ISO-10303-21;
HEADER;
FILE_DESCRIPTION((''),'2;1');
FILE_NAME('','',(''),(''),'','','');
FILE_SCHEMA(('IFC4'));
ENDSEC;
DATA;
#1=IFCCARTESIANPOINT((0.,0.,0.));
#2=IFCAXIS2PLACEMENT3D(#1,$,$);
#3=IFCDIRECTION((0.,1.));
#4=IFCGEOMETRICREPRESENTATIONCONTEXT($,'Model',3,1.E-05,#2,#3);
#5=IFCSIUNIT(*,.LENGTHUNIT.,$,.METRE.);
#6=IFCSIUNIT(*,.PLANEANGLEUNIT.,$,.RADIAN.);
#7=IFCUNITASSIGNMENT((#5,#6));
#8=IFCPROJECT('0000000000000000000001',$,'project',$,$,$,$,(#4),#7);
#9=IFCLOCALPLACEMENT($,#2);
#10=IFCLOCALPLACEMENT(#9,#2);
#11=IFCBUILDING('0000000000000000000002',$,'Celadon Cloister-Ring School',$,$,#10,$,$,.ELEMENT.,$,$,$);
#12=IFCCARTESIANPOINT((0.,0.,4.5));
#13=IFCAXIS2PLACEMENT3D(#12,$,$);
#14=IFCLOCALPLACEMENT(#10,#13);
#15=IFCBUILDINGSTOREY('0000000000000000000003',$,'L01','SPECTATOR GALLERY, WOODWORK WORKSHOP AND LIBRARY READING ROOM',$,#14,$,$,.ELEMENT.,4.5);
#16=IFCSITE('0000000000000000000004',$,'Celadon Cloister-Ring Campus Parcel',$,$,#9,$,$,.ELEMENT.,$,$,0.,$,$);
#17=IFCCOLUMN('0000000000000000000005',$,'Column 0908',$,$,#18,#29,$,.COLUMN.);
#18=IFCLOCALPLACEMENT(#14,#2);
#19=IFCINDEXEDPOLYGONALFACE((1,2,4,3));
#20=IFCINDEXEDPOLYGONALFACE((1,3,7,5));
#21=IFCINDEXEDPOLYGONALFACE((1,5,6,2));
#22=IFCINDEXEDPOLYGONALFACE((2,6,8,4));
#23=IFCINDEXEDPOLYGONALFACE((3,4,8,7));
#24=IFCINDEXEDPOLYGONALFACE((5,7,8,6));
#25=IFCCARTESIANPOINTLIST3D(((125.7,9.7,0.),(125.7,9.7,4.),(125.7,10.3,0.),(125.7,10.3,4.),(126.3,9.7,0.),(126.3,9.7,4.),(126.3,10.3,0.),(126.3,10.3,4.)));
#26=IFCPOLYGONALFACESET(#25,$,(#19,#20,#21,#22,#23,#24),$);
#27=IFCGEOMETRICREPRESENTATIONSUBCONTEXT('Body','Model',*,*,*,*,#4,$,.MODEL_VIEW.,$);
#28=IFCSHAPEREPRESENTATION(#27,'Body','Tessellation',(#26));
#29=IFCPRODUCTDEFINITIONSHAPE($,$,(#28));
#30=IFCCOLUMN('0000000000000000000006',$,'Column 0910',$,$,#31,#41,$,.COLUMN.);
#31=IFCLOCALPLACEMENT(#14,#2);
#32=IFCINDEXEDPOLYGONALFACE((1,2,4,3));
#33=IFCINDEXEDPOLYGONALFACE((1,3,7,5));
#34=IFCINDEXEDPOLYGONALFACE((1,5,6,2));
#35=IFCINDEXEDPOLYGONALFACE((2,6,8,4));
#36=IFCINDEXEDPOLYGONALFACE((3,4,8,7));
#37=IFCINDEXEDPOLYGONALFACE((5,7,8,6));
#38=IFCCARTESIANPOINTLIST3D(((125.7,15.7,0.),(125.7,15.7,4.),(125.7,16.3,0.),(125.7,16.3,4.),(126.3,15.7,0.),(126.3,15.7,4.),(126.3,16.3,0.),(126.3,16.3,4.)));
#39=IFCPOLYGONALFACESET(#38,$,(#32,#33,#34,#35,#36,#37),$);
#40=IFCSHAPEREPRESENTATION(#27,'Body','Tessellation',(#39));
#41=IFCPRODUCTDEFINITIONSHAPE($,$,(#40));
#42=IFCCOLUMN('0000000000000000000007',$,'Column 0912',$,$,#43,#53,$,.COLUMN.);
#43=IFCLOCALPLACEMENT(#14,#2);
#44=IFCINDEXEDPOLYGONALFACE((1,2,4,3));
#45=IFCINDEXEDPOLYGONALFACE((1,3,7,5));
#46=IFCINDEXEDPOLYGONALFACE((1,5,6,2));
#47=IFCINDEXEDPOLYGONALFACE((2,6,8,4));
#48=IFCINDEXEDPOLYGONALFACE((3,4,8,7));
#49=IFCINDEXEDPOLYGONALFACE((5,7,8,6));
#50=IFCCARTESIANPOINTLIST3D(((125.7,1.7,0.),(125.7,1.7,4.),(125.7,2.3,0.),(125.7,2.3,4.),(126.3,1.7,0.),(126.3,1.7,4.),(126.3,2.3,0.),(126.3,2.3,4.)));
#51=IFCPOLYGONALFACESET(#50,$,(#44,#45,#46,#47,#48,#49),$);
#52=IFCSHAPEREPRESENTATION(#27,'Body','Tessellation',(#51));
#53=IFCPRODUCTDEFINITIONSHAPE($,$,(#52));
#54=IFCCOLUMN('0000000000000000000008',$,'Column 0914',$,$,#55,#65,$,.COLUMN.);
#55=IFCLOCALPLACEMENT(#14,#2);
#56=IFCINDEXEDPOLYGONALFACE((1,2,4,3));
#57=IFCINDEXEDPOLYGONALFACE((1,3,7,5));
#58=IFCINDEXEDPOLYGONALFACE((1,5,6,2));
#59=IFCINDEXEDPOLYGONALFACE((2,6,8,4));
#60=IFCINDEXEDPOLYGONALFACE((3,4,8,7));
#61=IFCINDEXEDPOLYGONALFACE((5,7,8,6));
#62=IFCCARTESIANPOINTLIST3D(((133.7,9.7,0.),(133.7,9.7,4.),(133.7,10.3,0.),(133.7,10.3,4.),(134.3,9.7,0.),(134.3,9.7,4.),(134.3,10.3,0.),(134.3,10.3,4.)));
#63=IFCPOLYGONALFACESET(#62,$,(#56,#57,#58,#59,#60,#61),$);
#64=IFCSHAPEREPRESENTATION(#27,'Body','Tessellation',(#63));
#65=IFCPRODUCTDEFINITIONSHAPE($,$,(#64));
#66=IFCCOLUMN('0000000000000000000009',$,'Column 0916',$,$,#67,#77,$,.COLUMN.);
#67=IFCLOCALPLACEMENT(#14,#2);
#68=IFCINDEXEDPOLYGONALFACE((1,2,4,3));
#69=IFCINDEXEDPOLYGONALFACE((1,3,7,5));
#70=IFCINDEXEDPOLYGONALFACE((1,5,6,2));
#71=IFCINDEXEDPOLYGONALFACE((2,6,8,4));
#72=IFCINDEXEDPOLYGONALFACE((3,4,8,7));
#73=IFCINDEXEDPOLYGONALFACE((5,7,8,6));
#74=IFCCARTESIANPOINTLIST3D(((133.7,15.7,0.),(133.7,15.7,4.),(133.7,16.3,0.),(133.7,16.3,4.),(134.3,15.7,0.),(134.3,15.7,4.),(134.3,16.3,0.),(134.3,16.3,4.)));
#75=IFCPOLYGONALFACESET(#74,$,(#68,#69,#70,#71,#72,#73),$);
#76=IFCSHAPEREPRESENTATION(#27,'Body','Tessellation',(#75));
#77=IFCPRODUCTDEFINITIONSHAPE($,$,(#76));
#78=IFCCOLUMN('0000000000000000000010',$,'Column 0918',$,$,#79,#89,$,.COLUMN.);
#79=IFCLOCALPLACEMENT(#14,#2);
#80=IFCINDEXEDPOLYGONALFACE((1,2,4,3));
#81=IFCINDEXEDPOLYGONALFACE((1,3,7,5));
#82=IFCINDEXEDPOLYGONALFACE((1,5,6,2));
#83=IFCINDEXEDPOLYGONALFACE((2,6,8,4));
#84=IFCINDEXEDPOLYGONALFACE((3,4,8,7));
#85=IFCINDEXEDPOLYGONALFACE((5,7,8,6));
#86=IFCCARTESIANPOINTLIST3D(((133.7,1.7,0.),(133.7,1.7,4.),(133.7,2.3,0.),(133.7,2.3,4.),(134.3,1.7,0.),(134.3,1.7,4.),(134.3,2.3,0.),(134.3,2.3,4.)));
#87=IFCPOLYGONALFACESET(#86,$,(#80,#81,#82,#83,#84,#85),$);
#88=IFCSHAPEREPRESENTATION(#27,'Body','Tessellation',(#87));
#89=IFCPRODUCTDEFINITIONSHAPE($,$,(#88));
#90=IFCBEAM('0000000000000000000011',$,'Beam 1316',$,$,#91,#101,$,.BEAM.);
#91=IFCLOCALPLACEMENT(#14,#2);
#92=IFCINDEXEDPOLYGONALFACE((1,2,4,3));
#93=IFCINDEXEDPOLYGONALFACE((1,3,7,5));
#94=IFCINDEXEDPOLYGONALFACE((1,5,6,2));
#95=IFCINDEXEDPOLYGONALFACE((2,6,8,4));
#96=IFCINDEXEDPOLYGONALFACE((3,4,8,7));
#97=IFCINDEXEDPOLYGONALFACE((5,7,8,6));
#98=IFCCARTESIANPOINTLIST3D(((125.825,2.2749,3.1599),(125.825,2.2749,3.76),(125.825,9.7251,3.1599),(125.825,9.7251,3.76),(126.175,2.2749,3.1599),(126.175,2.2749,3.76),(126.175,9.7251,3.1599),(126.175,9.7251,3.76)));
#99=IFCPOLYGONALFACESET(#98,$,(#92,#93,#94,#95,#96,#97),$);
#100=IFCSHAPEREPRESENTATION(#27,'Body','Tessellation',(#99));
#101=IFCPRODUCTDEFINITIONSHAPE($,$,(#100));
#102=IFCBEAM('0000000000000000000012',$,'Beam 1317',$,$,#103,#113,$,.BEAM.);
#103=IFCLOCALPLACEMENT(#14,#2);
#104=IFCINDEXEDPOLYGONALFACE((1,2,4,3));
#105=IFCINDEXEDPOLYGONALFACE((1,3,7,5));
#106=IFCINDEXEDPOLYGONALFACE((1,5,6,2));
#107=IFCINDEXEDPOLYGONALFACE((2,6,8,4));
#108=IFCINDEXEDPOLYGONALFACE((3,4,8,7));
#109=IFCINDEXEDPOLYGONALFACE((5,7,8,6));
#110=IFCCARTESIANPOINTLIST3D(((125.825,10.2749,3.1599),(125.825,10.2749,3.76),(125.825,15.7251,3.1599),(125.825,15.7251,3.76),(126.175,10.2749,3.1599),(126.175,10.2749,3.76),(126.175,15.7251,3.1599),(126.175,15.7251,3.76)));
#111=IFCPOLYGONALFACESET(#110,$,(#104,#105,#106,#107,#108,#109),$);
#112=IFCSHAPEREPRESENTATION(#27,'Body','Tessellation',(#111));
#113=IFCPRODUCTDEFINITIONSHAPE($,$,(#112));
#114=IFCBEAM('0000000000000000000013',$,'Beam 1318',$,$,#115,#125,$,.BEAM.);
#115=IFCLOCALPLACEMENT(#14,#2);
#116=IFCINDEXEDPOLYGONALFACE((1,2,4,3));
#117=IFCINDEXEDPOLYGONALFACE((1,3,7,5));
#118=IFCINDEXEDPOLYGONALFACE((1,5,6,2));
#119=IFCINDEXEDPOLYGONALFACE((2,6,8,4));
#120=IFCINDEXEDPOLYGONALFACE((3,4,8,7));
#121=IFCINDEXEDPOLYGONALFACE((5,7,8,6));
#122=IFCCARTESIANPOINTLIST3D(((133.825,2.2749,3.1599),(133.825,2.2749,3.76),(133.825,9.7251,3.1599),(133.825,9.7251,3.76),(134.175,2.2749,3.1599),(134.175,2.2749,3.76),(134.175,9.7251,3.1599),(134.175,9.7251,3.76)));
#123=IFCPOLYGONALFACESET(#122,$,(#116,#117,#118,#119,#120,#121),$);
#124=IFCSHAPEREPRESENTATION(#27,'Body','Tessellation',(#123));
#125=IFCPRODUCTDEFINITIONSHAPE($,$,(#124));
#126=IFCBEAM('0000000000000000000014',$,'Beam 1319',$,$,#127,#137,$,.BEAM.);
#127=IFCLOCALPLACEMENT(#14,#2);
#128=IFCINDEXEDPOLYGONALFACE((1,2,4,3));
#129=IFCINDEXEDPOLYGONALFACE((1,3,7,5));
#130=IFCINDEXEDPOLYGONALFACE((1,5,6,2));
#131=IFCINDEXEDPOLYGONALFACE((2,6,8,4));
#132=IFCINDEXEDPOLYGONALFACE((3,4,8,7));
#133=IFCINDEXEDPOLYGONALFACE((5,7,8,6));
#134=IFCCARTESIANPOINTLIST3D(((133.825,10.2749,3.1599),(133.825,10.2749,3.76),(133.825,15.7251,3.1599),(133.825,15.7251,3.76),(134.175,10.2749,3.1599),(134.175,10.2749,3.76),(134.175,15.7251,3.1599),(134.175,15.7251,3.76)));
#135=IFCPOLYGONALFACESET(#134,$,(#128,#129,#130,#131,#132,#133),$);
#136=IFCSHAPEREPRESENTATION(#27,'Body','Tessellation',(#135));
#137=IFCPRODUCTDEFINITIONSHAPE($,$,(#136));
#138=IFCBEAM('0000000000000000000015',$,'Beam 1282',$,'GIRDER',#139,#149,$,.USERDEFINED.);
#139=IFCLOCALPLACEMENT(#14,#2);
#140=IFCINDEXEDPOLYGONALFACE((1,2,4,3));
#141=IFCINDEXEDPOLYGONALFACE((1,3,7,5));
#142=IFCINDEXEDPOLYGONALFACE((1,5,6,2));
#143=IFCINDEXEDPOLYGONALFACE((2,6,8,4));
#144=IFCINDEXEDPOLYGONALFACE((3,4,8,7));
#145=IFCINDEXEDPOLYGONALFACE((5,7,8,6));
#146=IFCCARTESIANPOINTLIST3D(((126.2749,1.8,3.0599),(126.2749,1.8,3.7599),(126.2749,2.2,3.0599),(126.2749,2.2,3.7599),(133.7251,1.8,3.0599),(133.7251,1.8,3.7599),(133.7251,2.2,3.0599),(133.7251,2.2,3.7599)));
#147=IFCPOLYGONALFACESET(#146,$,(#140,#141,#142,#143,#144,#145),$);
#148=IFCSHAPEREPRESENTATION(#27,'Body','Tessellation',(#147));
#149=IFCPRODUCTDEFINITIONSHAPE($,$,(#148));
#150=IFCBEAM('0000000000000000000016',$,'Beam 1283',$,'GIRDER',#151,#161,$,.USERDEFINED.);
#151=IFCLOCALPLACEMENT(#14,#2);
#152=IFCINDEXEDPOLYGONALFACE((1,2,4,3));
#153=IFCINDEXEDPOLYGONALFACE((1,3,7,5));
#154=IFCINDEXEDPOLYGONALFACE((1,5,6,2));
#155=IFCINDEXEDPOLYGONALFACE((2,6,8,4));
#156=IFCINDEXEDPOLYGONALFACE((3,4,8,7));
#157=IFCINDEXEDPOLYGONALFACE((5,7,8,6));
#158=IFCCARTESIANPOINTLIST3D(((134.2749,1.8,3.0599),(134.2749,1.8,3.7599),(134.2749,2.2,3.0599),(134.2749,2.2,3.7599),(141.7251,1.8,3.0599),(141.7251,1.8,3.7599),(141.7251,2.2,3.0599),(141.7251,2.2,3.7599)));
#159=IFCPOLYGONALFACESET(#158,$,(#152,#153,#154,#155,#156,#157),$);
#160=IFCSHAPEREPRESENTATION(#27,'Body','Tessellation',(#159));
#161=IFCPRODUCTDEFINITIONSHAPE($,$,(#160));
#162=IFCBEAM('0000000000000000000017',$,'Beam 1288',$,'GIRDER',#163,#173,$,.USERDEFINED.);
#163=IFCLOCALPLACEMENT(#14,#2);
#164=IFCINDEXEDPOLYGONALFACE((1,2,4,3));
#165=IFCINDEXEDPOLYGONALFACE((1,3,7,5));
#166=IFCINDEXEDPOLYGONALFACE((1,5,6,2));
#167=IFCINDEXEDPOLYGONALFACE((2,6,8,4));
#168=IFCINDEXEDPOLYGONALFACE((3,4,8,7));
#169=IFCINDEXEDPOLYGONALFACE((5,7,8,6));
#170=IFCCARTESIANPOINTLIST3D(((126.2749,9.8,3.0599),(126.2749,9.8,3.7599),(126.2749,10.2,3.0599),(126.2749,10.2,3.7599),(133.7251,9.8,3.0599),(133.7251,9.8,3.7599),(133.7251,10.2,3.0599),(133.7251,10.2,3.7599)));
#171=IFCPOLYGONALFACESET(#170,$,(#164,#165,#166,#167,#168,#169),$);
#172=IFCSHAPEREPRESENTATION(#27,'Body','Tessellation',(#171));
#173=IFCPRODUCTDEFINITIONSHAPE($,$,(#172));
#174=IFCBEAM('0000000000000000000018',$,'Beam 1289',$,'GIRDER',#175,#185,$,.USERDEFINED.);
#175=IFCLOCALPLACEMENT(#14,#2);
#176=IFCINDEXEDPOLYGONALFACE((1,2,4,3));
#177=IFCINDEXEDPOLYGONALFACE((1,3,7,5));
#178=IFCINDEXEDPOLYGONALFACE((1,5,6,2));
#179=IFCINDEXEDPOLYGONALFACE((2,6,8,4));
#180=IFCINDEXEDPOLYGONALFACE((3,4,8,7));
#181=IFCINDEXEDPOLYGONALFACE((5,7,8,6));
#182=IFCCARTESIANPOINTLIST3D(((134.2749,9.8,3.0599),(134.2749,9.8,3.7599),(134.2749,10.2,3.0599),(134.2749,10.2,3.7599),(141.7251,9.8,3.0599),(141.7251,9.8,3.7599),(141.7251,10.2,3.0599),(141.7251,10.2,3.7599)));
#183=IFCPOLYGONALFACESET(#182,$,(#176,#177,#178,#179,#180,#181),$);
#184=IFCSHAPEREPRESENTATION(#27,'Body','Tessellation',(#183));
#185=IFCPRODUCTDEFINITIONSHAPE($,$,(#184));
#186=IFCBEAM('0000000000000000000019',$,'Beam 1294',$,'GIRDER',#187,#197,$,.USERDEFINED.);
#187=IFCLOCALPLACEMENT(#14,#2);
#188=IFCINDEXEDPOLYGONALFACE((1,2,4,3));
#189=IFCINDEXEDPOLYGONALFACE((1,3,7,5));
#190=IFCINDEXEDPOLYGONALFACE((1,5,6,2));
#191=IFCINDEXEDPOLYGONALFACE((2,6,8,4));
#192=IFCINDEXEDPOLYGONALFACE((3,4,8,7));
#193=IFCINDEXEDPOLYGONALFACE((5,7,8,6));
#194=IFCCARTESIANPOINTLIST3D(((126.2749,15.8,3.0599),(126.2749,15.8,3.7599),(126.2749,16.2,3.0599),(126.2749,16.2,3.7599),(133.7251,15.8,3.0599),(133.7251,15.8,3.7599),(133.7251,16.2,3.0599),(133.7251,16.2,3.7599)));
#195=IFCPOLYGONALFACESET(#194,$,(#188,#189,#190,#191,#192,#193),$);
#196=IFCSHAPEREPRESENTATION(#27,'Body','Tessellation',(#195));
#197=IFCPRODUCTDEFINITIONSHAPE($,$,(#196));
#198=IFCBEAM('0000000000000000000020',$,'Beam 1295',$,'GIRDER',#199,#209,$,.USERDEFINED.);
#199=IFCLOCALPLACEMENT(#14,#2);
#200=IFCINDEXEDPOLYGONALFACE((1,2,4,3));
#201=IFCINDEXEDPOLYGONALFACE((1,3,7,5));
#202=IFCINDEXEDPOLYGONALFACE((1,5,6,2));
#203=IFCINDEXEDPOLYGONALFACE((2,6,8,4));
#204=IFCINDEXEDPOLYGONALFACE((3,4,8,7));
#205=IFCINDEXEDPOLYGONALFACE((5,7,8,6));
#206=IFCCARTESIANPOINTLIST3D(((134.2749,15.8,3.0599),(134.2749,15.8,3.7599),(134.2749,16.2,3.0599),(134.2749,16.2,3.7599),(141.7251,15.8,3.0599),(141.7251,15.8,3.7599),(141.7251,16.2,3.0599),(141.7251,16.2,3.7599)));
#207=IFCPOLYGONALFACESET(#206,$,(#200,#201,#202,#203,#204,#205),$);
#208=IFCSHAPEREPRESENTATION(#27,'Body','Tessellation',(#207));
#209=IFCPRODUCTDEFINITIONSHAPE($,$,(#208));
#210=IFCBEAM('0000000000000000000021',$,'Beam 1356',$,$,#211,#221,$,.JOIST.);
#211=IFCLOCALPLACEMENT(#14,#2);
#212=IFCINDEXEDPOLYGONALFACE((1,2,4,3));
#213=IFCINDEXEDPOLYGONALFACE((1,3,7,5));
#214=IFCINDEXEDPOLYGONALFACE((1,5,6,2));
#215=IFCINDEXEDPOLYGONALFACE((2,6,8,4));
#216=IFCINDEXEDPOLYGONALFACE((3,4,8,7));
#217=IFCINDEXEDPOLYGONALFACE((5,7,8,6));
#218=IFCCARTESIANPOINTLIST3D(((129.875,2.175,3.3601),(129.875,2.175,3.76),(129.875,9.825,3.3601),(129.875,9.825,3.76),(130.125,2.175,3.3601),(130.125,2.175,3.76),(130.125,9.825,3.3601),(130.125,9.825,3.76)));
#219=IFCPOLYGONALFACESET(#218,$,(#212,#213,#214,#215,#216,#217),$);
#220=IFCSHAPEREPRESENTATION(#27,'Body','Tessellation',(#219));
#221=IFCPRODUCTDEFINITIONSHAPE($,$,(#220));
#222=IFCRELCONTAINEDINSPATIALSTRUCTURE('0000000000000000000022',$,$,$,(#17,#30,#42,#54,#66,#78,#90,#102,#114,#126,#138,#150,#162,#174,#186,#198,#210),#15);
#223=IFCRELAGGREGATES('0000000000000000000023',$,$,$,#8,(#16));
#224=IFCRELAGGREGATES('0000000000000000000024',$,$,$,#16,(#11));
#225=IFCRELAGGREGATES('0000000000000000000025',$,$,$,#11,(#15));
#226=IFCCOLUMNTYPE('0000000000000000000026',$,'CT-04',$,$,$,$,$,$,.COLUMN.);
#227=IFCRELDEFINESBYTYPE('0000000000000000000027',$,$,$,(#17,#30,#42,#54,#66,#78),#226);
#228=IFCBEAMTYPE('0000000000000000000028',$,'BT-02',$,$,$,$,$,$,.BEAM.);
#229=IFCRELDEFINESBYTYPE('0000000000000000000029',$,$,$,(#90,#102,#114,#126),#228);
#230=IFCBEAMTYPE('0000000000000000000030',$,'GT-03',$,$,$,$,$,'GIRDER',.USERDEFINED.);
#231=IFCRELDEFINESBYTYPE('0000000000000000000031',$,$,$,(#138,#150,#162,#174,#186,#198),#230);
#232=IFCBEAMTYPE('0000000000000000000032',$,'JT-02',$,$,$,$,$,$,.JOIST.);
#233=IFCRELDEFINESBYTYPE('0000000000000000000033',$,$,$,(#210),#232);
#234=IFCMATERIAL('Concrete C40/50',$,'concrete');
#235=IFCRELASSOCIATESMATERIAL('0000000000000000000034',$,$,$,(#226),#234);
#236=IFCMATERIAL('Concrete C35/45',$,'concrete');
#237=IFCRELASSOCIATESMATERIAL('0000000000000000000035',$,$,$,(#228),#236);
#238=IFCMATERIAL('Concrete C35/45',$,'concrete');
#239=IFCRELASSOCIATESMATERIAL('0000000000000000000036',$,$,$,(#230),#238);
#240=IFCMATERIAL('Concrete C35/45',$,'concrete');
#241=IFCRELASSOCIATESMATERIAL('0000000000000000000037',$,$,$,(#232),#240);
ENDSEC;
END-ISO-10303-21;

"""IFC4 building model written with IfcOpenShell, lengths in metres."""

from ifc_helpers import new_model, si_unit, direction, frame, origin, origin_2d, place, context, subcontext, project, spatial, rectangle, extrude, material, material_profile, profile_set, type_object, element, save


model = new_model("IFC4")

# Units and contexts
model_context = context("Model", 3, precision=1e-05, world=origin(), true_north=direction((0.0, 1.0)))
body_context = subcontext(model_context, "Body", "Model", "MODEL_VIEW")
ifc_project = project(units=[si_unit("LENGTHUNIT", "METRE"), si_unit("PLANEANGLEUNIT", "RADIAN")], contexts=[model_context])

# Site, building, storey
site_placement = place(None, origin())
site = spatial("IfcSite", under=ifc_project, at=site_placement, Name="Celadon Cloister-Ring Campus Parcel", CompositionType="ELEMENT", RefElevation=0.0)
building_placement = place(site_placement, origin())
building = spatial("IfcBuilding", under=site, at=building_placement, Name="Celadon Cloister-Ring School", CompositionType="ELEMENT")
storey_placement = place(building_placement, frame((0.0, 0.0, 4.5)))
storey = spatial("IfcBuildingStorey", under=building, at=storey_placement, Name="L01", Description="SPECTATOR GALLERY, WOODWORK WORKSHOP AND LIBRARY READING ROOM", CompositionType="ELEMENT", Elevation=4.5)

# Columns
ifc_material_1 = material(Name="Concrete C40/50", Category="concrete")
ifc_material_profile_1 = material_profile(ifc_material_1, rectangle(XDim=0.6001, YDim=0.6001, at=origin_2d()), Name="RC600X600")
ifc_profile_set_1 = profile_set([ifc_material_profile_1], Name="Concrete C40/50")
column_type = type_object("IfcColumnType", Name="CT-04", PredefinedType="COLUMN", material=ifc_profile_set_1)
for number, where, z_axis, x_axis, name in (
    (1, (126.0, 10.0, 0.0), (0.0, 0.0, 1.0), (1.0, 0.0, 0.0), "Column 0908"),
    (2, (126.0, 16.0, 0.0), (0.0, 0.0, 1.0), (1.0, 0.0, 0.0), "Column 0910"),
    (3, (126.0, 2.0, 0.0), (0.0, 0.0, 1.0), (1.0, 0.0, 0.0), "Column 0912"),
    (4, (134.0, 10.0, 0.0), (0.0, 0.0, 1.0), (1.0, 0.0, 0.0), "Column 0914"),
    (5, (134.0, 16.0, 0.0), (0.0, 0.0, 1.0), (1.0, 0.0, 0.0), "Column 0916"),
    (6, (134.0, 2.0, 0.0), (0.0, 0.0, 1.0), (1.0, 0.0, 0.0), "Column 0918"),
):
    element("IfcColumn", number, at=place(storey_placement, frame(where, z_axis=z_axis, x_axis=x_axis)), inside=storey, type_object=column_type, Name=name, PredefinedType="COLUMN", context=body_context, shape_type="SweptSolid", body=[
        extrude(rectangle(XDim=0.6001, YDim=0.6001, at=origin_2d()), origin(), (0.0, 0.0, 1.0), 4.0),
    ])

# Beams
ifc_material_2 = material(Name="Concrete C35/45", Category="concrete")
ifc_material_profile_2 = material_profile(ifc_material_2, rectangle(XDim=0.3501, YDim=0.6001, at=origin_2d()), Name="RC350X600")
ifc_profile_set_2 = profile_set([ifc_material_profile_2], Name="Concrete C35/45")
beam_type_1 = type_object("IfcBeamType", Name="BT-02", PredefinedType="BEAM", material=ifc_profile_set_2)
beam_1_placement = place(storey_placement, frame((126.0, 2.2749, 3.46), z_axis=(0.0, 1.0, 0.0), x_axis=(-1.0, 0.0, 0.0)))
element("IfcBeam", 7, at=beam_1_placement, inside=storey, type_object=beam_type_1, Name="Beam 1316", PredefinedType="BEAM", context=body_context, shape_type="SweptSolid", body=[
    extrude(rectangle(XDim=0.3501, YDim=0.6001, at=origin_2d()), origin(), (0.0, 0.0, 1.0), 7.4502),
])
beam_2_placement = place(storey_placement, frame((126.0, 10.2749, 3.46), z_axis=(0.0, 1.0, 0.0), x_axis=(-1.0, 0.0, 0.0)))
element("IfcBeam", 8, at=beam_2_placement, inside=storey, type_object=beam_type_1, Name="Beam 1317", PredefinedType="BEAM", context=body_context, shape_type="SweptSolid", body=[
    extrude(rectangle(XDim=0.3501, YDim=0.6001, at=origin_2d()), origin(), (0.0, 0.0, 1.0), 5.4502),
])
beam_3_placement = place(storey_placement, frame((134.0, 2.2749, 3.46), z_axis=(0.0, 1.0, 0.0), x_axis=(-1.0, 0.0, 0.0)))
element("IfcBeam", 9, at=beam_3_placement, inside=storey, type_object=beam_type_1, Name="Beam 1318", PredefinedType="BEAM", context=body_context, shape_type="SweptSolid", body=[
    extrude(rectangle(XDim=0.3501, YDim=0.6001, at=origin_2d()), origin(), (0.0, 0.0, 1.0), 7.4502),
])
beam_4_placement = place(storey_placement, frame((134.0, 10.2749, 3.46), z_axis=(0.0, 1.0, 0.0), x_axis=(-1.0, 0.0, 0.0)))
element("IfcBeam", 10, at=beam_4_placement, inside=storey, type_object=beam_type_1, Name="Beam 1319", PredefinedType="BEAM", context=body_context, shape_type="SweptSolid", body=[
    extrude(rectangle(XDim=0.3501, YDim=0.6001, at=origin_2d()), origin(), (0.0, 0.0, 1.0), 5.4502),
])
ifc_material_3 = material(Name="Concrete C35/45", Category="concrete")
ifc_material_profile_3 = material_profile(ifc_material_3, rectangle(XDim=0.3999, YDim=0.7, at=origin_2d()), Name="RC400X700")
ifc_profile_set_3 = profile_set([ifc_material_profile_3], Name="Concrete C35/45")
beam_type_2 = type_object("IfcBeamType", Name="GT-03", ElementType="GIRDER", PredefinedType="USERDEFINED", material=ifc_profile_set_3)
for number, where, z_axis, x_axis, name in (
    (11, (126.2749, 2.0, 3.4099), (1.0, 0.0, 0.0), (0.0, 1.0, 0.0), "Beam 1282"),
    (12, (134.2749, 2.0, 3.4099), (1.0, 0.0, 0.0), (0.0, 1.0, 0.0), "Beam 1283"),
    (13, (126.2749, 10.0, 3.4099), (1.0, 0.0, 0.0), (0.0, 1.0, 0.0), "Beam 1288"),
    (14, (134.2749, 10.0, 3.4099), (1.0, 0.0, 0.0), (0.0, 1.0, 0.0), "Beam 1289"),
    (15, (126.2749, 16.0, 3.4099), (1.0, 0.0, 0.0), (0.0, 1.0, 0.0), "Beam 1294"),
    (16, (134.2749, 16.0, 3.4099), (1.0, 0.0, 0.0), (0.0, 1.0, 0.0), "Beam 1295"),
):
    element("IfcBeam", number, at=place(storey_placement, frame(where, z_axis=z_axis, x_axis=x_axis)), inside=storey, type_object=beam_type_2, Name=name, ObjectType="GIRDER", PredefinedType="USERDEFINED", context=body_context, shape_type="SweptSolid", body=[
        extrude(rectangle(XDim=0.3999, YDim=0.7, at=origin_2d()), origin(), (0.0, 0.0, 1.0), 7.4502),
    ])
ifc_material_4 = material(Name="Concrete C35/45", Category="concrete")
ifc_material_profile_4 = material_profile(ifc_material_4, rectangle(XDim=0.25, YDim=0.3999, at=origin_2d()), Name="RC250X400")
ifc_profile_set_4 = profile_set([ifc_material_profile_4], Name="Concrete C35/45")
beam_type_3 = type_object("IfcBeamType", Name="JT-02", PredefinedType="JOIST", material=ifc_profile_set_4)
beam_5_placement = place(storey_placement, frame((130.0, 2.175, 3.5601), z_axis=(0.0, 1.0, 0.0), x_axis=(-1.0, 0.0, 0.0)))
element("IfcBeam", 17, at=beam_5_placement, inside=storey, type_object=beam_type_3, Name="Beam 1356", PredefinedType="JOIST", context=body_context, shape_type="SweptSolid", body=[
    extrude(rectangle(XDim=0.25, YDim=0.3999, at=origin_2d()), origin(), (0.0, 0.0, 1.0), 7.6499),
])

save(model, "model.ifc")
